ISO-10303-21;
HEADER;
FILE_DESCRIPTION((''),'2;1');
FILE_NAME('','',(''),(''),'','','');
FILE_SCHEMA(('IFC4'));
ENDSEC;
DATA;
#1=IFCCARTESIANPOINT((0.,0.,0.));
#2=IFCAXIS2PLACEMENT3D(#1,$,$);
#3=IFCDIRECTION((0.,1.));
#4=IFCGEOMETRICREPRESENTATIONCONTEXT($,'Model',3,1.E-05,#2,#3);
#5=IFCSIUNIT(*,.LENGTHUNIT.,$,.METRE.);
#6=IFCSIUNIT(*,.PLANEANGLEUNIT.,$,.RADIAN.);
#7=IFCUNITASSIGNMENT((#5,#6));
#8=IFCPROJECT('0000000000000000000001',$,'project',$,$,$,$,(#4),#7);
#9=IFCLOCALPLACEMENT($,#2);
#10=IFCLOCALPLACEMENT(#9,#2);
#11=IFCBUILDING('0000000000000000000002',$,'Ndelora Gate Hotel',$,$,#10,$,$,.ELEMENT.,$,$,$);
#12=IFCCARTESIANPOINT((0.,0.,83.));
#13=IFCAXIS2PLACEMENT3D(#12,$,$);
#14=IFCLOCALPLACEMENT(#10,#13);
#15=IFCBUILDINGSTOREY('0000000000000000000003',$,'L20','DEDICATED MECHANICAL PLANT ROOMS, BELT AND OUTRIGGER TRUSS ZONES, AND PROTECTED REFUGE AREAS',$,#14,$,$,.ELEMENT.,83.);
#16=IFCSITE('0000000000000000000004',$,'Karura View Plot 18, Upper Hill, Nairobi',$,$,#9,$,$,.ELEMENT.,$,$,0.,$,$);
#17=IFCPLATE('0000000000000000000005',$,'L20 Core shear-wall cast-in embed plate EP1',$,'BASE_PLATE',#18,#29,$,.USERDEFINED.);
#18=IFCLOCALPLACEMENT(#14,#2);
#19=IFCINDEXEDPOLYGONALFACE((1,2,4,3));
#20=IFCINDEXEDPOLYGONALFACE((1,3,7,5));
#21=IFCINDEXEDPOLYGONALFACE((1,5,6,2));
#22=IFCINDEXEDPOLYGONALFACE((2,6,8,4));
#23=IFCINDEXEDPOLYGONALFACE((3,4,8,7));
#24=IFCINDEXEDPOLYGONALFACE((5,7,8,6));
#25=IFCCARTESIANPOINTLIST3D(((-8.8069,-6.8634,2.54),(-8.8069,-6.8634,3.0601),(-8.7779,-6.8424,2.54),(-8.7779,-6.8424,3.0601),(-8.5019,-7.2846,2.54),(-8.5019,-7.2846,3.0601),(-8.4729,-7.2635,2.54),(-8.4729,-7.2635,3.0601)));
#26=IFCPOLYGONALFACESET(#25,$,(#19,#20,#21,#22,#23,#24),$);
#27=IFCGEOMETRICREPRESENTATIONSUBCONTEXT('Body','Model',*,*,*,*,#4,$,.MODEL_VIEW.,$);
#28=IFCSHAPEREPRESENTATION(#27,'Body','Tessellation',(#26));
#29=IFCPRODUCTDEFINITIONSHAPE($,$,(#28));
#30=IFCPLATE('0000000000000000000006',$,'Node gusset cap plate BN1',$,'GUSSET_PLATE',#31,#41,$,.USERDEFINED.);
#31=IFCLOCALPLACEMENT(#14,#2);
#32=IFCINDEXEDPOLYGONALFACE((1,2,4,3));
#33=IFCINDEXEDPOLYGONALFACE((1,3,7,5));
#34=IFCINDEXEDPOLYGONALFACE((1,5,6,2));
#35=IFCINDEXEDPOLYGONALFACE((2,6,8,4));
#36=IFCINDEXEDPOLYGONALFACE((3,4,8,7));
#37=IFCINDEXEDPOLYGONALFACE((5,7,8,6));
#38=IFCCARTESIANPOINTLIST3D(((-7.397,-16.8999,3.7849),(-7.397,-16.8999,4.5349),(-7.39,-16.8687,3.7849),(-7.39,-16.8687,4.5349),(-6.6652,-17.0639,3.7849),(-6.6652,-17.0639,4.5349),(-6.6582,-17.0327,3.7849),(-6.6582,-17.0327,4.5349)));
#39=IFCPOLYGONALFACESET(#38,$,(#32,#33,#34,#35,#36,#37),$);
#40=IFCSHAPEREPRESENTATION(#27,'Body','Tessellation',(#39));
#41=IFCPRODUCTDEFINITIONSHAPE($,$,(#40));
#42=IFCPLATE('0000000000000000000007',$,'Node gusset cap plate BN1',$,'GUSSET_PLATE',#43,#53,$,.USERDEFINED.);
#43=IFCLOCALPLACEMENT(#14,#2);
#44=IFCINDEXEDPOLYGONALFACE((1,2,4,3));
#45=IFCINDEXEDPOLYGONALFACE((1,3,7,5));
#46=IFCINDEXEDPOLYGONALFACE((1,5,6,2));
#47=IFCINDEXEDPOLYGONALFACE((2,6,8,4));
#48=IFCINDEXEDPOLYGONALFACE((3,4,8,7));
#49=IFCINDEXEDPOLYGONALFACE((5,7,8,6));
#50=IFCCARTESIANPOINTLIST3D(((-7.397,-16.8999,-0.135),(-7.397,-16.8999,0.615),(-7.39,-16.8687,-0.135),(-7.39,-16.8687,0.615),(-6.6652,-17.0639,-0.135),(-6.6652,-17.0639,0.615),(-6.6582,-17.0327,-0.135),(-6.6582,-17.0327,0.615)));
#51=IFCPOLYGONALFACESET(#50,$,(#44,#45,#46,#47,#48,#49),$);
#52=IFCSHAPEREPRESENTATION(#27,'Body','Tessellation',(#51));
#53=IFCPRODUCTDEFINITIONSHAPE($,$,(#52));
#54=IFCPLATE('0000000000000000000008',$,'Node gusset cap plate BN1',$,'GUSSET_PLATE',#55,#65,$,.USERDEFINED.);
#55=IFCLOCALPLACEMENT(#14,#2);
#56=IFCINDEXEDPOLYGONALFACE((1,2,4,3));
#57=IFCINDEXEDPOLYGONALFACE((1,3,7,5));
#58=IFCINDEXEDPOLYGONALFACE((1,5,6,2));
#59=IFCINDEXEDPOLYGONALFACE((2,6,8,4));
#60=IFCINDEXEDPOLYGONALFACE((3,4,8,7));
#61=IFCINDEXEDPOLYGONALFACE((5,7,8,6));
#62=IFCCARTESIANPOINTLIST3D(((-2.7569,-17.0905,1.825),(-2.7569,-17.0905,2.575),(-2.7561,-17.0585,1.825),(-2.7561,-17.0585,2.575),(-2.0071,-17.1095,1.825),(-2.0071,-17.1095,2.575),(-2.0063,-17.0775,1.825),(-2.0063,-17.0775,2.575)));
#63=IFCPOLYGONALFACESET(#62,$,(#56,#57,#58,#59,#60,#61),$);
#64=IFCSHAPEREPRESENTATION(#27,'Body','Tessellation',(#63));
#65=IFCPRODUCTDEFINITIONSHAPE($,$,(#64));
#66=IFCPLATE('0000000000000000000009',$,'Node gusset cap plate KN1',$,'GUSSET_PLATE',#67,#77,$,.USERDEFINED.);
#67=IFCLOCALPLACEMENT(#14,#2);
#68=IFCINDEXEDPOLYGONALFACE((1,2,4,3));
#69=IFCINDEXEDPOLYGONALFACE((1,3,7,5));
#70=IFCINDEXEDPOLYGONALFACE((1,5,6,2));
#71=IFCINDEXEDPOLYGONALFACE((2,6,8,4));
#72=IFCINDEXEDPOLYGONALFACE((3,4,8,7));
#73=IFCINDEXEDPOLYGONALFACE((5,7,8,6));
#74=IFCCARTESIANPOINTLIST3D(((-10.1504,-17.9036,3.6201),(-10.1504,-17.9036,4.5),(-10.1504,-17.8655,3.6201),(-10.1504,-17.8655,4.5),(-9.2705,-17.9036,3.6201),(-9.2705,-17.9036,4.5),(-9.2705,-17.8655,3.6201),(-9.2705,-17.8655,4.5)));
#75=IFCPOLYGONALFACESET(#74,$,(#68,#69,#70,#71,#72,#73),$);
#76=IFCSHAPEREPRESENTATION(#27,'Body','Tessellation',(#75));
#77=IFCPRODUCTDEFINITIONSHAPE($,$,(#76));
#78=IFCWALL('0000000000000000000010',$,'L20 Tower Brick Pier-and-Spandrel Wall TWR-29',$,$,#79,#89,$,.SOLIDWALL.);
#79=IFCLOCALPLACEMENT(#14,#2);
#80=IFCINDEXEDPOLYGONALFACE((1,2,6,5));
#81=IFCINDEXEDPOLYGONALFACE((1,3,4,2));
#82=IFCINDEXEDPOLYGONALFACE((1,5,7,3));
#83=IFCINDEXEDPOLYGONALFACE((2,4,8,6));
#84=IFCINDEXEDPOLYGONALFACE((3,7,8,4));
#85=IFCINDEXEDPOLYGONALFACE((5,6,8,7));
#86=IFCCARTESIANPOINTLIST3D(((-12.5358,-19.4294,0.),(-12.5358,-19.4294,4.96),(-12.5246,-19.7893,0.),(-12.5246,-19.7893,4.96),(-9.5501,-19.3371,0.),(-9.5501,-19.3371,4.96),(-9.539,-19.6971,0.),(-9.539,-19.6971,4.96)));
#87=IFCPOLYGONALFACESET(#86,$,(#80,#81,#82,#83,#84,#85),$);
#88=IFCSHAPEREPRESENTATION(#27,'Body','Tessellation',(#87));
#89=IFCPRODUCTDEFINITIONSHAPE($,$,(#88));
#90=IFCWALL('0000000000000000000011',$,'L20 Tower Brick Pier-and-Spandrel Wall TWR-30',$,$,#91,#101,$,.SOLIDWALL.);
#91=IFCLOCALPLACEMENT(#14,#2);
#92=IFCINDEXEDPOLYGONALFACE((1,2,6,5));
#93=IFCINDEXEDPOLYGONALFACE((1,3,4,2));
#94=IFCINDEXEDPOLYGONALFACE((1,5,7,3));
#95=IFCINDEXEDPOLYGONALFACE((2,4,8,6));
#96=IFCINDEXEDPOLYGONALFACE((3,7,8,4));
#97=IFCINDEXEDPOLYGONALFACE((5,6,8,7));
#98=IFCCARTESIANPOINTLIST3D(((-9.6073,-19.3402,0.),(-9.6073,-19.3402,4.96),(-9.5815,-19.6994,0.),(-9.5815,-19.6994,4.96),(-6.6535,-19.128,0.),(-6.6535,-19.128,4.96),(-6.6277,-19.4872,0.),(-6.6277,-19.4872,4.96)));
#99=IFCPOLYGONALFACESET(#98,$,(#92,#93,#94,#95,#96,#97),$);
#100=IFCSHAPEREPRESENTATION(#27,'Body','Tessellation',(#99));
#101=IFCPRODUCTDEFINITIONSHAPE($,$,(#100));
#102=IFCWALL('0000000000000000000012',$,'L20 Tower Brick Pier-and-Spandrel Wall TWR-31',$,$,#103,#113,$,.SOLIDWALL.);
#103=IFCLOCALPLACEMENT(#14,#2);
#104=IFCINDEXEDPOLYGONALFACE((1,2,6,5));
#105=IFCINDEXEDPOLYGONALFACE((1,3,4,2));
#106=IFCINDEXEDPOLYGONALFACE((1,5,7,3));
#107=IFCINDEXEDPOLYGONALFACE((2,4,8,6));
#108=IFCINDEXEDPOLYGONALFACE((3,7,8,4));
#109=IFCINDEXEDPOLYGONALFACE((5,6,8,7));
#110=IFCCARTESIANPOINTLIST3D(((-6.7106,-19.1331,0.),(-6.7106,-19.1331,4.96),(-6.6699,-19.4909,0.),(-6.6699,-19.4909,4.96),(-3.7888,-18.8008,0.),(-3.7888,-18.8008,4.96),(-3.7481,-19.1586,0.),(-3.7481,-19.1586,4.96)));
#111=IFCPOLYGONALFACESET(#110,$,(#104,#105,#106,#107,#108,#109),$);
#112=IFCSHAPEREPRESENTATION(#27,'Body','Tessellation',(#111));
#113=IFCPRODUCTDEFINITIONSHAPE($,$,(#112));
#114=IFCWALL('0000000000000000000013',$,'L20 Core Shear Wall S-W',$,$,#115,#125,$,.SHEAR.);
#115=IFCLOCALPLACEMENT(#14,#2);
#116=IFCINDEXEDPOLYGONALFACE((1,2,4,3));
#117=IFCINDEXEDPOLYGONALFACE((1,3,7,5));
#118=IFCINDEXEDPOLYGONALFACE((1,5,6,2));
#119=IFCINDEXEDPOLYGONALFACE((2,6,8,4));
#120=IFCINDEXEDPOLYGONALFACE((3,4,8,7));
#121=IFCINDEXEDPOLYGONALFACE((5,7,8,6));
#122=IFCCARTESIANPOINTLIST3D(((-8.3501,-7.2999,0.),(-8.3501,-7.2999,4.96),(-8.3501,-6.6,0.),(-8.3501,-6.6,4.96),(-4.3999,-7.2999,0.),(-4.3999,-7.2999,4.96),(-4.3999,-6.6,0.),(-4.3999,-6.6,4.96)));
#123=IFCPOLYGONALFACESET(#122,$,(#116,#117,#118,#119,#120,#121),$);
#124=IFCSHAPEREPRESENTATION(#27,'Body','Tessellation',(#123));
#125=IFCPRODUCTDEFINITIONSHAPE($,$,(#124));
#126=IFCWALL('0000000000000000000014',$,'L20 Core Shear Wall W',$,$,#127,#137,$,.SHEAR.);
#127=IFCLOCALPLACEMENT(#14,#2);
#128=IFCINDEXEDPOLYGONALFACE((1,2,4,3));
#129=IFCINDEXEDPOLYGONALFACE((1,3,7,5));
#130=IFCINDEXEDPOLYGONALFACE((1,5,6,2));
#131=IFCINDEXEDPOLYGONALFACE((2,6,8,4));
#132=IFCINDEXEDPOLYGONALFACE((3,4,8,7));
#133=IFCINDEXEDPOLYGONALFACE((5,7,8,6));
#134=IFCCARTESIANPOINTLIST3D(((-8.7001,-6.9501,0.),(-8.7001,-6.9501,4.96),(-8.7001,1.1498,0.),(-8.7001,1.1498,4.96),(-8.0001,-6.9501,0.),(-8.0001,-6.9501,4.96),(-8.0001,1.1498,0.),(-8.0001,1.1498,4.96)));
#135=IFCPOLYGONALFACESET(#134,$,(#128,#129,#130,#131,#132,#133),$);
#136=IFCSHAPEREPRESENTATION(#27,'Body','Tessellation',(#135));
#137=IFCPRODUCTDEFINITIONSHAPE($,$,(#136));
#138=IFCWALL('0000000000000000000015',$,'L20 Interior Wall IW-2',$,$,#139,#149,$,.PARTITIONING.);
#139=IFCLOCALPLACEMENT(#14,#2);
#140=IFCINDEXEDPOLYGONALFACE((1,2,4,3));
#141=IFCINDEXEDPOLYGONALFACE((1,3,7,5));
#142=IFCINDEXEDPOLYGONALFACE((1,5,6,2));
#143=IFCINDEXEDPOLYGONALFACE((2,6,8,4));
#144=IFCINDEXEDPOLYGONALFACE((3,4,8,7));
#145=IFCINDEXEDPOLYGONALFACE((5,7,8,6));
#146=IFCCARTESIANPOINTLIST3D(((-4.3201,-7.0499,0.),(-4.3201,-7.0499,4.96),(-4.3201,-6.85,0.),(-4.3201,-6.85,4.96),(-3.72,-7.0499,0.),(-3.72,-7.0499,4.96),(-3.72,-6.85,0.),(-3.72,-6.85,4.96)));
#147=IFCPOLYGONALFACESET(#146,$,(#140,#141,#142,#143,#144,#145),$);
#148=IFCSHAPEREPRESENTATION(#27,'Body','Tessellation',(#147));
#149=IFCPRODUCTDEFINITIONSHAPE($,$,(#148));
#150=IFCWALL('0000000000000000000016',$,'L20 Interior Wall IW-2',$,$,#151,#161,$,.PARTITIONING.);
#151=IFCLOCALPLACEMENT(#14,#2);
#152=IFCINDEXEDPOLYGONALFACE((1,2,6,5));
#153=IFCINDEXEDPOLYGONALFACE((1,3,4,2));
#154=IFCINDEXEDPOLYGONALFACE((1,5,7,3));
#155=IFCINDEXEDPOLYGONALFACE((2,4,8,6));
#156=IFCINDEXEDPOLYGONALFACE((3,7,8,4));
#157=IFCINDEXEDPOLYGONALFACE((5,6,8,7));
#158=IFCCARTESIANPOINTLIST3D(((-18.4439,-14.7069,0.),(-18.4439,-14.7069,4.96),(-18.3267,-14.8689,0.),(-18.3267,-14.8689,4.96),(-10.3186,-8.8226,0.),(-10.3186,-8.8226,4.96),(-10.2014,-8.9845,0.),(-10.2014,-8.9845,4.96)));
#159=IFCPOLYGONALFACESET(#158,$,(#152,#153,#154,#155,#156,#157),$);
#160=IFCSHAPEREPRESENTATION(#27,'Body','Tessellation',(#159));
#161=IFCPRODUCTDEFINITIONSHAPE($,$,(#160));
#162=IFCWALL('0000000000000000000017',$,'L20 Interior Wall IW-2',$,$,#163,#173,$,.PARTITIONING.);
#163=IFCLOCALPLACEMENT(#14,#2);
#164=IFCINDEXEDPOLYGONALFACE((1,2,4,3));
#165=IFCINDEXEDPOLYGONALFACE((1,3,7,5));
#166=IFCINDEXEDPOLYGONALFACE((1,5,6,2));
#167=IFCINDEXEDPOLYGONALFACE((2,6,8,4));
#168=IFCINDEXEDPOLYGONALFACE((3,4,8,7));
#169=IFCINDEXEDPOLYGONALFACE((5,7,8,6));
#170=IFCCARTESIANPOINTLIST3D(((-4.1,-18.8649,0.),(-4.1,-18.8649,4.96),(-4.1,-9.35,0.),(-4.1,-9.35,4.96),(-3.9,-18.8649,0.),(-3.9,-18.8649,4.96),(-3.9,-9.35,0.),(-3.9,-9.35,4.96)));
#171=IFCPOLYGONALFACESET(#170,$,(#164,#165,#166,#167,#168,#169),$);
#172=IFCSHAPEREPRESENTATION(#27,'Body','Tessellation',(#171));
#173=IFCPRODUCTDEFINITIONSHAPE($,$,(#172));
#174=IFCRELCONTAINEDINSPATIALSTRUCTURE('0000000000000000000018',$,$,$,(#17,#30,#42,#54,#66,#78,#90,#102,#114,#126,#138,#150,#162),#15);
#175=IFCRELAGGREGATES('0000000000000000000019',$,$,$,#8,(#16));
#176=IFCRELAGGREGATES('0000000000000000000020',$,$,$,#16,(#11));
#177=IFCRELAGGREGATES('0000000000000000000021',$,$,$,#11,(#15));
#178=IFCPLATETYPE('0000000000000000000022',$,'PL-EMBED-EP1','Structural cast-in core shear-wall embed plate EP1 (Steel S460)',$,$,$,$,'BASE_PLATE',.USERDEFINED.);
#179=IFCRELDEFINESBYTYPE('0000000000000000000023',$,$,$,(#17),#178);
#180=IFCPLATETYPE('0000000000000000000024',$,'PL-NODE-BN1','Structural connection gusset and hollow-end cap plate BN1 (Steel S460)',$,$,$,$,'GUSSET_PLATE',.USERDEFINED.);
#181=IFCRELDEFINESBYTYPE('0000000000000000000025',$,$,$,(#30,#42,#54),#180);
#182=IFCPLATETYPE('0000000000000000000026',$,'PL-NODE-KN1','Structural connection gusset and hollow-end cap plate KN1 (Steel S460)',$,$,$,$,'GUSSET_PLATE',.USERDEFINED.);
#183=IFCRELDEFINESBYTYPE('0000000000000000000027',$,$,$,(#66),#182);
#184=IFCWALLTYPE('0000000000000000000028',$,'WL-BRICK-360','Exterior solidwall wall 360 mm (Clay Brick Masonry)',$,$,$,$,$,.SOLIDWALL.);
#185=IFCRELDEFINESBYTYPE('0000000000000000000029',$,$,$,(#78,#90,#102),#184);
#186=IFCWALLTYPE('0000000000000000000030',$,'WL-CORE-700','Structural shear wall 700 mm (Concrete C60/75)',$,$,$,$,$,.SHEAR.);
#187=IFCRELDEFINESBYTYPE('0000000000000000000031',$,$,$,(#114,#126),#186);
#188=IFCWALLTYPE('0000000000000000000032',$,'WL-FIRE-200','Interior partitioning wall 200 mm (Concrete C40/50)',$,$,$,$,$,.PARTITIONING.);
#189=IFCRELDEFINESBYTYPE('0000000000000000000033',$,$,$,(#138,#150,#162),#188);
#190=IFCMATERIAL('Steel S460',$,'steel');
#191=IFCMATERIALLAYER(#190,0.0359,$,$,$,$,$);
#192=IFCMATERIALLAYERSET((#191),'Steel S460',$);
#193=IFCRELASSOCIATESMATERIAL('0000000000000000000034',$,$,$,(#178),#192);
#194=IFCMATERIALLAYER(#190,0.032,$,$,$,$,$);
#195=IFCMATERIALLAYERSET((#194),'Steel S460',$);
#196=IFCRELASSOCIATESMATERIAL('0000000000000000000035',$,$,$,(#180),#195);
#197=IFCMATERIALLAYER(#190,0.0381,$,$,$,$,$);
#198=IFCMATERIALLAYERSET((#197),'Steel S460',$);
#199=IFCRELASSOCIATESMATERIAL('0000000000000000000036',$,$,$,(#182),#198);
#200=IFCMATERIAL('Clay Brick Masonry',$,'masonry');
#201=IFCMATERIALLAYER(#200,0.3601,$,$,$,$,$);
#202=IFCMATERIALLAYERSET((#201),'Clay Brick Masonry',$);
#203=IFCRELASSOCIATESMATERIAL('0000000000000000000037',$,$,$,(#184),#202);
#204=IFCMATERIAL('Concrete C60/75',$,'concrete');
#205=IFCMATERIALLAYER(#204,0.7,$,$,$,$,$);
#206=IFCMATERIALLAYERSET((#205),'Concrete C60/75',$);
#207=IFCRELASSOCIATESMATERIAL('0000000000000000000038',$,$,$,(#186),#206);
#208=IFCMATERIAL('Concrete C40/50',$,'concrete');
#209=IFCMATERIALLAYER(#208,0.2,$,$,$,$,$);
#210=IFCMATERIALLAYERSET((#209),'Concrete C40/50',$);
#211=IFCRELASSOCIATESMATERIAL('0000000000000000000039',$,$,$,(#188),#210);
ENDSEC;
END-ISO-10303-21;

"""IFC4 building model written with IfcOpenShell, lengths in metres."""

from ifc_helpers import new_model, si_unit, direction, frame, frame_2d, origin, origin_2d, place, context, subcontext, project, spatial, rectangle, extrude, material, layer, layer_set, type_object, element, save


model = new_model("IFC4")

# Units and contexts
model_context = context("Model", 3, precision=1e-05, world=origin(), true_north=direction((0.0, 1.0)))
body_context = subcontext(model_context, "Body", "Model", "MODEL_VIEW")
ifc_project = project(units=[si_unit("LENGTHUNIT", "METRE"), si_unit("PLANEANGLEUNIT", "RADIAN")], contexts=[model_context])

# Site, building, storey
site_placement = place(None, origin())
site = spatial("IfcSite", under=ifc_project, at=site_placement, Name="Karura View Plot 18, Upper Hill, Nairobi", CompositionType="ELEMENT", RefElevation=0.0)
building_placement = place(site_placement, origin())
building = spatial("IfcBuilding", under=site, at=building_placement, Name="Ndelora Gate Hotel", CompositionType="ELEMENT")
storey_placement = place(building_placement, frame((0.0, 0.0, 83.0)))
storey = spatial("IfcBuildingStorey", under=building, at=storey_placement, Name="L20", Description="DEDICATED MECHANICAL PLANT ROOMS, BELT AND OUTRIGGER TRUSS ZONES, AND PROTECTED REFUGE AREAS", CompositionType="ELEMENT", Elevation=83.0)

# Shared definitions
ifc_material_1 = material(Name="Concrete C60/75", Category="concrete")

# Shared definitions
ifc_material_2 = material(Name="Steel S460", Category="steel")

# Plates
ifc_layer_1 = layer(ifc_material_2, 0.0359)
ifc_layer_set_1 = layer_set([ifc_layer_1], Name="Steel S460")
plate_type_1 = type_object("IfcPlateType", Name="PL-EMBED-EP1", Description="Structural cast-in core shear-wall embed plate EP1 (Steel S460)", ElementType="BASE_PLATE", PredefinedType="USERDEFINED", material=ifc_layer_set_1)
plate_1_placement = place(storey_placement, frame((-8.6399, -7.0635, 2.54), z_axis=(0.0, 0.0, 1.0), x_axis=(-0.586514, 0.809939, 0.0)))
element("IfcPlate", 1, at=plate_1_placement, inside=storey, type_object=plate_type_1, Name="L20 Core shear-wall cast-in embed plate EP1", ObjectType="BASE_PLATE", PredefinedType="USERDEFINED", context=body_context, shape_type="SweptSolid", body=[
    extrude(rectangle(XDim=0.52, YDim=0.0359, at=origin_2d()), origin(), (0.0, 0.0, 1.0), 0.52),
])
ifc_layer_2 = layer(ifc_material_2, 0.032)
ifc_layer_set_2 = layer_set([ifc_layer_2], Name="Steel S460")
plate_type_2 = type_object("IfcPlateType", Name="PL-NODE-BN1", Description="Structural connection gusset and hollow-end cap plate BN1 (Steel S460)", ElementType="GUSSET_PLATE", PredefinedType="USERDEFINED", material=ifc_layer_set_2)
for number, where, z_axis, x_axis, name in (
    (2, (-7.0276, -16.9663, 3.7849), (0.0, 0.0, 1.0), (-0.975802, 0.218654, 0.0), "Node gusset cap plate BN1"),
    (3, (-7.0276, -16.9663, -0.135), (0.0, 0.0, 1.0), (-0.975802, 0.218654, 0.0), "Node gusset cap plate BN1"),
    (4, (-2.3816, -17.084, 1.825), (0.0, 0.0, 1.0), (-0.99968, 0.025305, 0.0), "Node gusset cap plate BN1"),
):
    element("IfcPlate", number, at=place(storey_placement, frame(where, z_axis=z_axis, x_axis=x_axis)), inside=storey, type_object=plate_type_2, Name=name, ObjectType="GUSSET_PLATE", PredefinedType="USERDEFINED", context=body_context, shape_type="SweptSolid", body=[
        extrude(rectangle(XDim=0.75, YDim=0.032, at=origin_2d()), origin(), (0.0, 0.0, 1.0), 0.75),
    ])
ifc_layer_3 = layer(ifc_material_2, 0.0381)
ifc_layer_set_3 = layer_set([ifc_layer_3], Name="Steel S460")
plate_type_3 = type_object("IfcPlateType", Name="PL-NODE-KN1", Description="Structural connection gusset and hollow-end cap plate KN1 (Steel S460)", ElementType="GUSSET_PLATE", PredefinedType="USERDEFINED", material=ifc_layer_set_3)
plate_2_placement = place(storey_placement, frame((-9.7104, -17.8845, 3.6201), z_axis=(0.0, 0.0, 1.0), x_axis=(1.0, 0.0, 0.0)))
element("IfcPlate", 5, at=plate_2_placement, inside=storey, type_object=plate_type_3, Name="Node gusset cap plate KN1", ObjectType="GUSSET_PLATE", PredefinedType="USERDEFINED", context=body_context, shape_type="SweptSolid", body=[
    extrude(rectangle(XDim=0.8799, YDim=0.0381, at=origin_2d()), origin(), (0.0, 0.0, 1.0), 0.8799),
])

# Walls
ifc_material_3 = material(Name="Clay Brick Masonry", Category="masonry")
ifc_layer_4 = layer(ifc_material_3, 0.3601)
ifc_layer_set_4 = layer_set([ifc_layer_4], Name="Clay Brick Masonry")
wall_type_1 = type_object("IfcWallType", Name="WL-BRICK-360", Description="Exterior solidwall wall 360 mm (Clay Brick Masonry)", PredefinedType="SOLIDWALL", material=ifc_layer_set_4)
wall_1_placement = place(storey_placement, frame((-9.5444, -19.5171, 0.0), z_axis=(0.0, 0.0, 1.0), x_axis=(-0.999523, -0.030895, 0.0)))
element("IfcWall", 6, at=wall_1_placement, inside=storey, type_object=wall_type_1, Name="L20 Tower Brick Pier-and-Spandrel Wall TWR-29", PredefinedType="SOLIDWALL", context=body_context, shape_type="SweptSolid", body=[
    extrude(rectangle(XDim=2.9871, YDim=0.3601, at=frame_2d((1.4937, 0.0))), origin(), (0.0, 0.0, 1.0), 4.96),
])
wall_2_placement = place(storey_placement, frame((-6.6406, -19.3076, 0.0), z_axis=(0.0, 0.0, 1.0), x_axis=(-0.997431, -0.07164, 0.0)))
element("IfcWall", 7, at=wall_2_placement, inside=storey, type_object=wall_type_1, Name="L20 Tower Brick Pier-and-Spandrel Wall TWR-30", PredefinedType="SOLIDWALL", context=body_context, shape_type="SweptSolid", body=[
    extrude(rectangle(XDim=2.9614, YDim=0.3601, at=frame_2d((1.4807, 0.0))), origin(), (0.0, 0.0, 1.0), 4.96),
])
wall_3_placement = place(storey_placement, frame((-3.7686, -18.9797, 0.0), z_axis=(0.0, 0.0, 1.0), x_axis=(-0.993596, -0.112992, 0.0)))
element("IfcWall", 8, at=wall_3_placement, inside=storey, type_object=wall_type_1, Name="L20 Tower Brick Pier-and-Spandrel Wall TWR-31", PredefinedType="SOLIDWALL", context=body_context, shape_type="SweptSolid", body=[
    extrude(rectangle(XDim=2.9407, YDim=0.3601, at=frame_2d((1.4702, 0.0))), origin(), (0.0, 0.0, 1.0), 4.96),
])
ifc_layer_5 = layer(ifc_material_1, 0.7)
ifc_layer_set_5 = layer_set([ifc_layer_5], Name="Concrete C60/75")
wall_type_2 = type_object("IfcWallType", Name="WL-CORE-700", Description="Structural shear wall 700 mm (Concrete C60/75)", PredefinedType="SHEAR", material=ifc_layer_set_5)
wall_4_placement = place(storey_placement, frame((-8.3501, -6.95, 0.0), z_axis=(0.0, 0.0, 1.0), x_axis=(1.0, 0.0, 0.0)))
element("IfcWall", 9, at=wall_4_placement, inside=storey, type_object=wall_type_2, Name="L20 Core Shear Wall S-W", PredefinedType="SHEAR", context=body_context, shape_type="SweptSolid", body=[
    extrude(rectangle(XDim=3.9502, YDim=0.7, at=frame_2d((1.9751, 0.0))), origin(), (0.0, 0.0, 1.0), 4.96),
])
wall_5_placement = place(storey_placement, frame((-8.3501, -6.95, 0.0), z_axis=(0.0, 0.0, 1.0), x_axis=(0.0, 1.0, 0.0)))
element("IfcWall", 10, at=wall_5_placement, inside=storey, type_object=wall_type_2, Name="L20 Core Shear Wall W", PredefinedType="SHEAR", context=body_context, shape_type="SweptSolid", body=[
    extrude(rectangle(XDim=8.0999, YDim=0.7, at=frame_2d((4.0498, 0.0))), origin(), (0.0, 0.0, 1.0), 4.96),
])
ifc_material_4 = material(Name="Concrete C40/50", Category="concrete")
ifc_layer_6 = layer(ifc_material_4, 0.2)
ifc_layer_set_6 = layer_set([ifc_layer_6], Name="Concrete C40/50")
wall_type_3 = type_object("IfcWallType", Name="WL-FIRE-200", Description="Interior partitioning wall 200 mm (Concrete C40/50)", PredefinedType="PARTITIONING", material=ifc_layer_set_6)
wall_6_placement = place(storey_placement, frame((-4.3201, -6.95, 0.0), z_axis=(0.0, 0.0, 1.0), x_axis=(1.0, 0.0, 0.0)))
element("IfcWall", 11, at=wall_6_placement, inside=storey, type_object=wall_type_3, Name="L20 Interior Wall IW-2", PredefinedType="PARTITIONING", context=body_context, shape_type="SweptSolid", body=[
    extrude(rectangle(XDim=0.6001, YDim=0.2, at=frame_2d((0.3, 0.0))), origin(), (0.0, 0.0, 1.0), 4.96),
])
wall_7_placement = place(storey_placement, frame((-10.26, -8.9036, 0.0), z_axis=(0.0, 0.0, 1.0), x_axis=(-0.809919, -0.586541, 0.0)))
element("IfcWall", 12, at=wall_7_placement, inside=storey, type_object=wall_type_3, Name="L20 Interior Wall IW-2", PredefinedType="PARTITIONING", context=body_context, shape_type="SweptSolid", body=[
    extrude(rectangle(XDim=10.0322, YDim=0.2, at=frame_2d((5.0161, 0.0))), origin(), (0.0, 0.0, 1.0), 4.96),
])
wall_8_placement = place(storey_placement, frame((-4.0, -9.3501, 0.0), z_axis=(0.0, 0.0, 1.0), x_axis=(0.0, -1.0, 0.0)))
element("IfcWall", 13, at=wall_8_placement, inside=storey, type_object=wall_type_3, Name="L20 Interior Wall IW-2", PredefinedType="PARTITIONING", context=body_context, shape_type="SweptSolid", body=[
    extrude(rectangle(XDim=9.5149, YDim=0.2, at=frame_2d((4.7573, 0.0))), origin(), (0.0, 0.0, 1.0), 4.96),
])

save(model, "model.ifc")
